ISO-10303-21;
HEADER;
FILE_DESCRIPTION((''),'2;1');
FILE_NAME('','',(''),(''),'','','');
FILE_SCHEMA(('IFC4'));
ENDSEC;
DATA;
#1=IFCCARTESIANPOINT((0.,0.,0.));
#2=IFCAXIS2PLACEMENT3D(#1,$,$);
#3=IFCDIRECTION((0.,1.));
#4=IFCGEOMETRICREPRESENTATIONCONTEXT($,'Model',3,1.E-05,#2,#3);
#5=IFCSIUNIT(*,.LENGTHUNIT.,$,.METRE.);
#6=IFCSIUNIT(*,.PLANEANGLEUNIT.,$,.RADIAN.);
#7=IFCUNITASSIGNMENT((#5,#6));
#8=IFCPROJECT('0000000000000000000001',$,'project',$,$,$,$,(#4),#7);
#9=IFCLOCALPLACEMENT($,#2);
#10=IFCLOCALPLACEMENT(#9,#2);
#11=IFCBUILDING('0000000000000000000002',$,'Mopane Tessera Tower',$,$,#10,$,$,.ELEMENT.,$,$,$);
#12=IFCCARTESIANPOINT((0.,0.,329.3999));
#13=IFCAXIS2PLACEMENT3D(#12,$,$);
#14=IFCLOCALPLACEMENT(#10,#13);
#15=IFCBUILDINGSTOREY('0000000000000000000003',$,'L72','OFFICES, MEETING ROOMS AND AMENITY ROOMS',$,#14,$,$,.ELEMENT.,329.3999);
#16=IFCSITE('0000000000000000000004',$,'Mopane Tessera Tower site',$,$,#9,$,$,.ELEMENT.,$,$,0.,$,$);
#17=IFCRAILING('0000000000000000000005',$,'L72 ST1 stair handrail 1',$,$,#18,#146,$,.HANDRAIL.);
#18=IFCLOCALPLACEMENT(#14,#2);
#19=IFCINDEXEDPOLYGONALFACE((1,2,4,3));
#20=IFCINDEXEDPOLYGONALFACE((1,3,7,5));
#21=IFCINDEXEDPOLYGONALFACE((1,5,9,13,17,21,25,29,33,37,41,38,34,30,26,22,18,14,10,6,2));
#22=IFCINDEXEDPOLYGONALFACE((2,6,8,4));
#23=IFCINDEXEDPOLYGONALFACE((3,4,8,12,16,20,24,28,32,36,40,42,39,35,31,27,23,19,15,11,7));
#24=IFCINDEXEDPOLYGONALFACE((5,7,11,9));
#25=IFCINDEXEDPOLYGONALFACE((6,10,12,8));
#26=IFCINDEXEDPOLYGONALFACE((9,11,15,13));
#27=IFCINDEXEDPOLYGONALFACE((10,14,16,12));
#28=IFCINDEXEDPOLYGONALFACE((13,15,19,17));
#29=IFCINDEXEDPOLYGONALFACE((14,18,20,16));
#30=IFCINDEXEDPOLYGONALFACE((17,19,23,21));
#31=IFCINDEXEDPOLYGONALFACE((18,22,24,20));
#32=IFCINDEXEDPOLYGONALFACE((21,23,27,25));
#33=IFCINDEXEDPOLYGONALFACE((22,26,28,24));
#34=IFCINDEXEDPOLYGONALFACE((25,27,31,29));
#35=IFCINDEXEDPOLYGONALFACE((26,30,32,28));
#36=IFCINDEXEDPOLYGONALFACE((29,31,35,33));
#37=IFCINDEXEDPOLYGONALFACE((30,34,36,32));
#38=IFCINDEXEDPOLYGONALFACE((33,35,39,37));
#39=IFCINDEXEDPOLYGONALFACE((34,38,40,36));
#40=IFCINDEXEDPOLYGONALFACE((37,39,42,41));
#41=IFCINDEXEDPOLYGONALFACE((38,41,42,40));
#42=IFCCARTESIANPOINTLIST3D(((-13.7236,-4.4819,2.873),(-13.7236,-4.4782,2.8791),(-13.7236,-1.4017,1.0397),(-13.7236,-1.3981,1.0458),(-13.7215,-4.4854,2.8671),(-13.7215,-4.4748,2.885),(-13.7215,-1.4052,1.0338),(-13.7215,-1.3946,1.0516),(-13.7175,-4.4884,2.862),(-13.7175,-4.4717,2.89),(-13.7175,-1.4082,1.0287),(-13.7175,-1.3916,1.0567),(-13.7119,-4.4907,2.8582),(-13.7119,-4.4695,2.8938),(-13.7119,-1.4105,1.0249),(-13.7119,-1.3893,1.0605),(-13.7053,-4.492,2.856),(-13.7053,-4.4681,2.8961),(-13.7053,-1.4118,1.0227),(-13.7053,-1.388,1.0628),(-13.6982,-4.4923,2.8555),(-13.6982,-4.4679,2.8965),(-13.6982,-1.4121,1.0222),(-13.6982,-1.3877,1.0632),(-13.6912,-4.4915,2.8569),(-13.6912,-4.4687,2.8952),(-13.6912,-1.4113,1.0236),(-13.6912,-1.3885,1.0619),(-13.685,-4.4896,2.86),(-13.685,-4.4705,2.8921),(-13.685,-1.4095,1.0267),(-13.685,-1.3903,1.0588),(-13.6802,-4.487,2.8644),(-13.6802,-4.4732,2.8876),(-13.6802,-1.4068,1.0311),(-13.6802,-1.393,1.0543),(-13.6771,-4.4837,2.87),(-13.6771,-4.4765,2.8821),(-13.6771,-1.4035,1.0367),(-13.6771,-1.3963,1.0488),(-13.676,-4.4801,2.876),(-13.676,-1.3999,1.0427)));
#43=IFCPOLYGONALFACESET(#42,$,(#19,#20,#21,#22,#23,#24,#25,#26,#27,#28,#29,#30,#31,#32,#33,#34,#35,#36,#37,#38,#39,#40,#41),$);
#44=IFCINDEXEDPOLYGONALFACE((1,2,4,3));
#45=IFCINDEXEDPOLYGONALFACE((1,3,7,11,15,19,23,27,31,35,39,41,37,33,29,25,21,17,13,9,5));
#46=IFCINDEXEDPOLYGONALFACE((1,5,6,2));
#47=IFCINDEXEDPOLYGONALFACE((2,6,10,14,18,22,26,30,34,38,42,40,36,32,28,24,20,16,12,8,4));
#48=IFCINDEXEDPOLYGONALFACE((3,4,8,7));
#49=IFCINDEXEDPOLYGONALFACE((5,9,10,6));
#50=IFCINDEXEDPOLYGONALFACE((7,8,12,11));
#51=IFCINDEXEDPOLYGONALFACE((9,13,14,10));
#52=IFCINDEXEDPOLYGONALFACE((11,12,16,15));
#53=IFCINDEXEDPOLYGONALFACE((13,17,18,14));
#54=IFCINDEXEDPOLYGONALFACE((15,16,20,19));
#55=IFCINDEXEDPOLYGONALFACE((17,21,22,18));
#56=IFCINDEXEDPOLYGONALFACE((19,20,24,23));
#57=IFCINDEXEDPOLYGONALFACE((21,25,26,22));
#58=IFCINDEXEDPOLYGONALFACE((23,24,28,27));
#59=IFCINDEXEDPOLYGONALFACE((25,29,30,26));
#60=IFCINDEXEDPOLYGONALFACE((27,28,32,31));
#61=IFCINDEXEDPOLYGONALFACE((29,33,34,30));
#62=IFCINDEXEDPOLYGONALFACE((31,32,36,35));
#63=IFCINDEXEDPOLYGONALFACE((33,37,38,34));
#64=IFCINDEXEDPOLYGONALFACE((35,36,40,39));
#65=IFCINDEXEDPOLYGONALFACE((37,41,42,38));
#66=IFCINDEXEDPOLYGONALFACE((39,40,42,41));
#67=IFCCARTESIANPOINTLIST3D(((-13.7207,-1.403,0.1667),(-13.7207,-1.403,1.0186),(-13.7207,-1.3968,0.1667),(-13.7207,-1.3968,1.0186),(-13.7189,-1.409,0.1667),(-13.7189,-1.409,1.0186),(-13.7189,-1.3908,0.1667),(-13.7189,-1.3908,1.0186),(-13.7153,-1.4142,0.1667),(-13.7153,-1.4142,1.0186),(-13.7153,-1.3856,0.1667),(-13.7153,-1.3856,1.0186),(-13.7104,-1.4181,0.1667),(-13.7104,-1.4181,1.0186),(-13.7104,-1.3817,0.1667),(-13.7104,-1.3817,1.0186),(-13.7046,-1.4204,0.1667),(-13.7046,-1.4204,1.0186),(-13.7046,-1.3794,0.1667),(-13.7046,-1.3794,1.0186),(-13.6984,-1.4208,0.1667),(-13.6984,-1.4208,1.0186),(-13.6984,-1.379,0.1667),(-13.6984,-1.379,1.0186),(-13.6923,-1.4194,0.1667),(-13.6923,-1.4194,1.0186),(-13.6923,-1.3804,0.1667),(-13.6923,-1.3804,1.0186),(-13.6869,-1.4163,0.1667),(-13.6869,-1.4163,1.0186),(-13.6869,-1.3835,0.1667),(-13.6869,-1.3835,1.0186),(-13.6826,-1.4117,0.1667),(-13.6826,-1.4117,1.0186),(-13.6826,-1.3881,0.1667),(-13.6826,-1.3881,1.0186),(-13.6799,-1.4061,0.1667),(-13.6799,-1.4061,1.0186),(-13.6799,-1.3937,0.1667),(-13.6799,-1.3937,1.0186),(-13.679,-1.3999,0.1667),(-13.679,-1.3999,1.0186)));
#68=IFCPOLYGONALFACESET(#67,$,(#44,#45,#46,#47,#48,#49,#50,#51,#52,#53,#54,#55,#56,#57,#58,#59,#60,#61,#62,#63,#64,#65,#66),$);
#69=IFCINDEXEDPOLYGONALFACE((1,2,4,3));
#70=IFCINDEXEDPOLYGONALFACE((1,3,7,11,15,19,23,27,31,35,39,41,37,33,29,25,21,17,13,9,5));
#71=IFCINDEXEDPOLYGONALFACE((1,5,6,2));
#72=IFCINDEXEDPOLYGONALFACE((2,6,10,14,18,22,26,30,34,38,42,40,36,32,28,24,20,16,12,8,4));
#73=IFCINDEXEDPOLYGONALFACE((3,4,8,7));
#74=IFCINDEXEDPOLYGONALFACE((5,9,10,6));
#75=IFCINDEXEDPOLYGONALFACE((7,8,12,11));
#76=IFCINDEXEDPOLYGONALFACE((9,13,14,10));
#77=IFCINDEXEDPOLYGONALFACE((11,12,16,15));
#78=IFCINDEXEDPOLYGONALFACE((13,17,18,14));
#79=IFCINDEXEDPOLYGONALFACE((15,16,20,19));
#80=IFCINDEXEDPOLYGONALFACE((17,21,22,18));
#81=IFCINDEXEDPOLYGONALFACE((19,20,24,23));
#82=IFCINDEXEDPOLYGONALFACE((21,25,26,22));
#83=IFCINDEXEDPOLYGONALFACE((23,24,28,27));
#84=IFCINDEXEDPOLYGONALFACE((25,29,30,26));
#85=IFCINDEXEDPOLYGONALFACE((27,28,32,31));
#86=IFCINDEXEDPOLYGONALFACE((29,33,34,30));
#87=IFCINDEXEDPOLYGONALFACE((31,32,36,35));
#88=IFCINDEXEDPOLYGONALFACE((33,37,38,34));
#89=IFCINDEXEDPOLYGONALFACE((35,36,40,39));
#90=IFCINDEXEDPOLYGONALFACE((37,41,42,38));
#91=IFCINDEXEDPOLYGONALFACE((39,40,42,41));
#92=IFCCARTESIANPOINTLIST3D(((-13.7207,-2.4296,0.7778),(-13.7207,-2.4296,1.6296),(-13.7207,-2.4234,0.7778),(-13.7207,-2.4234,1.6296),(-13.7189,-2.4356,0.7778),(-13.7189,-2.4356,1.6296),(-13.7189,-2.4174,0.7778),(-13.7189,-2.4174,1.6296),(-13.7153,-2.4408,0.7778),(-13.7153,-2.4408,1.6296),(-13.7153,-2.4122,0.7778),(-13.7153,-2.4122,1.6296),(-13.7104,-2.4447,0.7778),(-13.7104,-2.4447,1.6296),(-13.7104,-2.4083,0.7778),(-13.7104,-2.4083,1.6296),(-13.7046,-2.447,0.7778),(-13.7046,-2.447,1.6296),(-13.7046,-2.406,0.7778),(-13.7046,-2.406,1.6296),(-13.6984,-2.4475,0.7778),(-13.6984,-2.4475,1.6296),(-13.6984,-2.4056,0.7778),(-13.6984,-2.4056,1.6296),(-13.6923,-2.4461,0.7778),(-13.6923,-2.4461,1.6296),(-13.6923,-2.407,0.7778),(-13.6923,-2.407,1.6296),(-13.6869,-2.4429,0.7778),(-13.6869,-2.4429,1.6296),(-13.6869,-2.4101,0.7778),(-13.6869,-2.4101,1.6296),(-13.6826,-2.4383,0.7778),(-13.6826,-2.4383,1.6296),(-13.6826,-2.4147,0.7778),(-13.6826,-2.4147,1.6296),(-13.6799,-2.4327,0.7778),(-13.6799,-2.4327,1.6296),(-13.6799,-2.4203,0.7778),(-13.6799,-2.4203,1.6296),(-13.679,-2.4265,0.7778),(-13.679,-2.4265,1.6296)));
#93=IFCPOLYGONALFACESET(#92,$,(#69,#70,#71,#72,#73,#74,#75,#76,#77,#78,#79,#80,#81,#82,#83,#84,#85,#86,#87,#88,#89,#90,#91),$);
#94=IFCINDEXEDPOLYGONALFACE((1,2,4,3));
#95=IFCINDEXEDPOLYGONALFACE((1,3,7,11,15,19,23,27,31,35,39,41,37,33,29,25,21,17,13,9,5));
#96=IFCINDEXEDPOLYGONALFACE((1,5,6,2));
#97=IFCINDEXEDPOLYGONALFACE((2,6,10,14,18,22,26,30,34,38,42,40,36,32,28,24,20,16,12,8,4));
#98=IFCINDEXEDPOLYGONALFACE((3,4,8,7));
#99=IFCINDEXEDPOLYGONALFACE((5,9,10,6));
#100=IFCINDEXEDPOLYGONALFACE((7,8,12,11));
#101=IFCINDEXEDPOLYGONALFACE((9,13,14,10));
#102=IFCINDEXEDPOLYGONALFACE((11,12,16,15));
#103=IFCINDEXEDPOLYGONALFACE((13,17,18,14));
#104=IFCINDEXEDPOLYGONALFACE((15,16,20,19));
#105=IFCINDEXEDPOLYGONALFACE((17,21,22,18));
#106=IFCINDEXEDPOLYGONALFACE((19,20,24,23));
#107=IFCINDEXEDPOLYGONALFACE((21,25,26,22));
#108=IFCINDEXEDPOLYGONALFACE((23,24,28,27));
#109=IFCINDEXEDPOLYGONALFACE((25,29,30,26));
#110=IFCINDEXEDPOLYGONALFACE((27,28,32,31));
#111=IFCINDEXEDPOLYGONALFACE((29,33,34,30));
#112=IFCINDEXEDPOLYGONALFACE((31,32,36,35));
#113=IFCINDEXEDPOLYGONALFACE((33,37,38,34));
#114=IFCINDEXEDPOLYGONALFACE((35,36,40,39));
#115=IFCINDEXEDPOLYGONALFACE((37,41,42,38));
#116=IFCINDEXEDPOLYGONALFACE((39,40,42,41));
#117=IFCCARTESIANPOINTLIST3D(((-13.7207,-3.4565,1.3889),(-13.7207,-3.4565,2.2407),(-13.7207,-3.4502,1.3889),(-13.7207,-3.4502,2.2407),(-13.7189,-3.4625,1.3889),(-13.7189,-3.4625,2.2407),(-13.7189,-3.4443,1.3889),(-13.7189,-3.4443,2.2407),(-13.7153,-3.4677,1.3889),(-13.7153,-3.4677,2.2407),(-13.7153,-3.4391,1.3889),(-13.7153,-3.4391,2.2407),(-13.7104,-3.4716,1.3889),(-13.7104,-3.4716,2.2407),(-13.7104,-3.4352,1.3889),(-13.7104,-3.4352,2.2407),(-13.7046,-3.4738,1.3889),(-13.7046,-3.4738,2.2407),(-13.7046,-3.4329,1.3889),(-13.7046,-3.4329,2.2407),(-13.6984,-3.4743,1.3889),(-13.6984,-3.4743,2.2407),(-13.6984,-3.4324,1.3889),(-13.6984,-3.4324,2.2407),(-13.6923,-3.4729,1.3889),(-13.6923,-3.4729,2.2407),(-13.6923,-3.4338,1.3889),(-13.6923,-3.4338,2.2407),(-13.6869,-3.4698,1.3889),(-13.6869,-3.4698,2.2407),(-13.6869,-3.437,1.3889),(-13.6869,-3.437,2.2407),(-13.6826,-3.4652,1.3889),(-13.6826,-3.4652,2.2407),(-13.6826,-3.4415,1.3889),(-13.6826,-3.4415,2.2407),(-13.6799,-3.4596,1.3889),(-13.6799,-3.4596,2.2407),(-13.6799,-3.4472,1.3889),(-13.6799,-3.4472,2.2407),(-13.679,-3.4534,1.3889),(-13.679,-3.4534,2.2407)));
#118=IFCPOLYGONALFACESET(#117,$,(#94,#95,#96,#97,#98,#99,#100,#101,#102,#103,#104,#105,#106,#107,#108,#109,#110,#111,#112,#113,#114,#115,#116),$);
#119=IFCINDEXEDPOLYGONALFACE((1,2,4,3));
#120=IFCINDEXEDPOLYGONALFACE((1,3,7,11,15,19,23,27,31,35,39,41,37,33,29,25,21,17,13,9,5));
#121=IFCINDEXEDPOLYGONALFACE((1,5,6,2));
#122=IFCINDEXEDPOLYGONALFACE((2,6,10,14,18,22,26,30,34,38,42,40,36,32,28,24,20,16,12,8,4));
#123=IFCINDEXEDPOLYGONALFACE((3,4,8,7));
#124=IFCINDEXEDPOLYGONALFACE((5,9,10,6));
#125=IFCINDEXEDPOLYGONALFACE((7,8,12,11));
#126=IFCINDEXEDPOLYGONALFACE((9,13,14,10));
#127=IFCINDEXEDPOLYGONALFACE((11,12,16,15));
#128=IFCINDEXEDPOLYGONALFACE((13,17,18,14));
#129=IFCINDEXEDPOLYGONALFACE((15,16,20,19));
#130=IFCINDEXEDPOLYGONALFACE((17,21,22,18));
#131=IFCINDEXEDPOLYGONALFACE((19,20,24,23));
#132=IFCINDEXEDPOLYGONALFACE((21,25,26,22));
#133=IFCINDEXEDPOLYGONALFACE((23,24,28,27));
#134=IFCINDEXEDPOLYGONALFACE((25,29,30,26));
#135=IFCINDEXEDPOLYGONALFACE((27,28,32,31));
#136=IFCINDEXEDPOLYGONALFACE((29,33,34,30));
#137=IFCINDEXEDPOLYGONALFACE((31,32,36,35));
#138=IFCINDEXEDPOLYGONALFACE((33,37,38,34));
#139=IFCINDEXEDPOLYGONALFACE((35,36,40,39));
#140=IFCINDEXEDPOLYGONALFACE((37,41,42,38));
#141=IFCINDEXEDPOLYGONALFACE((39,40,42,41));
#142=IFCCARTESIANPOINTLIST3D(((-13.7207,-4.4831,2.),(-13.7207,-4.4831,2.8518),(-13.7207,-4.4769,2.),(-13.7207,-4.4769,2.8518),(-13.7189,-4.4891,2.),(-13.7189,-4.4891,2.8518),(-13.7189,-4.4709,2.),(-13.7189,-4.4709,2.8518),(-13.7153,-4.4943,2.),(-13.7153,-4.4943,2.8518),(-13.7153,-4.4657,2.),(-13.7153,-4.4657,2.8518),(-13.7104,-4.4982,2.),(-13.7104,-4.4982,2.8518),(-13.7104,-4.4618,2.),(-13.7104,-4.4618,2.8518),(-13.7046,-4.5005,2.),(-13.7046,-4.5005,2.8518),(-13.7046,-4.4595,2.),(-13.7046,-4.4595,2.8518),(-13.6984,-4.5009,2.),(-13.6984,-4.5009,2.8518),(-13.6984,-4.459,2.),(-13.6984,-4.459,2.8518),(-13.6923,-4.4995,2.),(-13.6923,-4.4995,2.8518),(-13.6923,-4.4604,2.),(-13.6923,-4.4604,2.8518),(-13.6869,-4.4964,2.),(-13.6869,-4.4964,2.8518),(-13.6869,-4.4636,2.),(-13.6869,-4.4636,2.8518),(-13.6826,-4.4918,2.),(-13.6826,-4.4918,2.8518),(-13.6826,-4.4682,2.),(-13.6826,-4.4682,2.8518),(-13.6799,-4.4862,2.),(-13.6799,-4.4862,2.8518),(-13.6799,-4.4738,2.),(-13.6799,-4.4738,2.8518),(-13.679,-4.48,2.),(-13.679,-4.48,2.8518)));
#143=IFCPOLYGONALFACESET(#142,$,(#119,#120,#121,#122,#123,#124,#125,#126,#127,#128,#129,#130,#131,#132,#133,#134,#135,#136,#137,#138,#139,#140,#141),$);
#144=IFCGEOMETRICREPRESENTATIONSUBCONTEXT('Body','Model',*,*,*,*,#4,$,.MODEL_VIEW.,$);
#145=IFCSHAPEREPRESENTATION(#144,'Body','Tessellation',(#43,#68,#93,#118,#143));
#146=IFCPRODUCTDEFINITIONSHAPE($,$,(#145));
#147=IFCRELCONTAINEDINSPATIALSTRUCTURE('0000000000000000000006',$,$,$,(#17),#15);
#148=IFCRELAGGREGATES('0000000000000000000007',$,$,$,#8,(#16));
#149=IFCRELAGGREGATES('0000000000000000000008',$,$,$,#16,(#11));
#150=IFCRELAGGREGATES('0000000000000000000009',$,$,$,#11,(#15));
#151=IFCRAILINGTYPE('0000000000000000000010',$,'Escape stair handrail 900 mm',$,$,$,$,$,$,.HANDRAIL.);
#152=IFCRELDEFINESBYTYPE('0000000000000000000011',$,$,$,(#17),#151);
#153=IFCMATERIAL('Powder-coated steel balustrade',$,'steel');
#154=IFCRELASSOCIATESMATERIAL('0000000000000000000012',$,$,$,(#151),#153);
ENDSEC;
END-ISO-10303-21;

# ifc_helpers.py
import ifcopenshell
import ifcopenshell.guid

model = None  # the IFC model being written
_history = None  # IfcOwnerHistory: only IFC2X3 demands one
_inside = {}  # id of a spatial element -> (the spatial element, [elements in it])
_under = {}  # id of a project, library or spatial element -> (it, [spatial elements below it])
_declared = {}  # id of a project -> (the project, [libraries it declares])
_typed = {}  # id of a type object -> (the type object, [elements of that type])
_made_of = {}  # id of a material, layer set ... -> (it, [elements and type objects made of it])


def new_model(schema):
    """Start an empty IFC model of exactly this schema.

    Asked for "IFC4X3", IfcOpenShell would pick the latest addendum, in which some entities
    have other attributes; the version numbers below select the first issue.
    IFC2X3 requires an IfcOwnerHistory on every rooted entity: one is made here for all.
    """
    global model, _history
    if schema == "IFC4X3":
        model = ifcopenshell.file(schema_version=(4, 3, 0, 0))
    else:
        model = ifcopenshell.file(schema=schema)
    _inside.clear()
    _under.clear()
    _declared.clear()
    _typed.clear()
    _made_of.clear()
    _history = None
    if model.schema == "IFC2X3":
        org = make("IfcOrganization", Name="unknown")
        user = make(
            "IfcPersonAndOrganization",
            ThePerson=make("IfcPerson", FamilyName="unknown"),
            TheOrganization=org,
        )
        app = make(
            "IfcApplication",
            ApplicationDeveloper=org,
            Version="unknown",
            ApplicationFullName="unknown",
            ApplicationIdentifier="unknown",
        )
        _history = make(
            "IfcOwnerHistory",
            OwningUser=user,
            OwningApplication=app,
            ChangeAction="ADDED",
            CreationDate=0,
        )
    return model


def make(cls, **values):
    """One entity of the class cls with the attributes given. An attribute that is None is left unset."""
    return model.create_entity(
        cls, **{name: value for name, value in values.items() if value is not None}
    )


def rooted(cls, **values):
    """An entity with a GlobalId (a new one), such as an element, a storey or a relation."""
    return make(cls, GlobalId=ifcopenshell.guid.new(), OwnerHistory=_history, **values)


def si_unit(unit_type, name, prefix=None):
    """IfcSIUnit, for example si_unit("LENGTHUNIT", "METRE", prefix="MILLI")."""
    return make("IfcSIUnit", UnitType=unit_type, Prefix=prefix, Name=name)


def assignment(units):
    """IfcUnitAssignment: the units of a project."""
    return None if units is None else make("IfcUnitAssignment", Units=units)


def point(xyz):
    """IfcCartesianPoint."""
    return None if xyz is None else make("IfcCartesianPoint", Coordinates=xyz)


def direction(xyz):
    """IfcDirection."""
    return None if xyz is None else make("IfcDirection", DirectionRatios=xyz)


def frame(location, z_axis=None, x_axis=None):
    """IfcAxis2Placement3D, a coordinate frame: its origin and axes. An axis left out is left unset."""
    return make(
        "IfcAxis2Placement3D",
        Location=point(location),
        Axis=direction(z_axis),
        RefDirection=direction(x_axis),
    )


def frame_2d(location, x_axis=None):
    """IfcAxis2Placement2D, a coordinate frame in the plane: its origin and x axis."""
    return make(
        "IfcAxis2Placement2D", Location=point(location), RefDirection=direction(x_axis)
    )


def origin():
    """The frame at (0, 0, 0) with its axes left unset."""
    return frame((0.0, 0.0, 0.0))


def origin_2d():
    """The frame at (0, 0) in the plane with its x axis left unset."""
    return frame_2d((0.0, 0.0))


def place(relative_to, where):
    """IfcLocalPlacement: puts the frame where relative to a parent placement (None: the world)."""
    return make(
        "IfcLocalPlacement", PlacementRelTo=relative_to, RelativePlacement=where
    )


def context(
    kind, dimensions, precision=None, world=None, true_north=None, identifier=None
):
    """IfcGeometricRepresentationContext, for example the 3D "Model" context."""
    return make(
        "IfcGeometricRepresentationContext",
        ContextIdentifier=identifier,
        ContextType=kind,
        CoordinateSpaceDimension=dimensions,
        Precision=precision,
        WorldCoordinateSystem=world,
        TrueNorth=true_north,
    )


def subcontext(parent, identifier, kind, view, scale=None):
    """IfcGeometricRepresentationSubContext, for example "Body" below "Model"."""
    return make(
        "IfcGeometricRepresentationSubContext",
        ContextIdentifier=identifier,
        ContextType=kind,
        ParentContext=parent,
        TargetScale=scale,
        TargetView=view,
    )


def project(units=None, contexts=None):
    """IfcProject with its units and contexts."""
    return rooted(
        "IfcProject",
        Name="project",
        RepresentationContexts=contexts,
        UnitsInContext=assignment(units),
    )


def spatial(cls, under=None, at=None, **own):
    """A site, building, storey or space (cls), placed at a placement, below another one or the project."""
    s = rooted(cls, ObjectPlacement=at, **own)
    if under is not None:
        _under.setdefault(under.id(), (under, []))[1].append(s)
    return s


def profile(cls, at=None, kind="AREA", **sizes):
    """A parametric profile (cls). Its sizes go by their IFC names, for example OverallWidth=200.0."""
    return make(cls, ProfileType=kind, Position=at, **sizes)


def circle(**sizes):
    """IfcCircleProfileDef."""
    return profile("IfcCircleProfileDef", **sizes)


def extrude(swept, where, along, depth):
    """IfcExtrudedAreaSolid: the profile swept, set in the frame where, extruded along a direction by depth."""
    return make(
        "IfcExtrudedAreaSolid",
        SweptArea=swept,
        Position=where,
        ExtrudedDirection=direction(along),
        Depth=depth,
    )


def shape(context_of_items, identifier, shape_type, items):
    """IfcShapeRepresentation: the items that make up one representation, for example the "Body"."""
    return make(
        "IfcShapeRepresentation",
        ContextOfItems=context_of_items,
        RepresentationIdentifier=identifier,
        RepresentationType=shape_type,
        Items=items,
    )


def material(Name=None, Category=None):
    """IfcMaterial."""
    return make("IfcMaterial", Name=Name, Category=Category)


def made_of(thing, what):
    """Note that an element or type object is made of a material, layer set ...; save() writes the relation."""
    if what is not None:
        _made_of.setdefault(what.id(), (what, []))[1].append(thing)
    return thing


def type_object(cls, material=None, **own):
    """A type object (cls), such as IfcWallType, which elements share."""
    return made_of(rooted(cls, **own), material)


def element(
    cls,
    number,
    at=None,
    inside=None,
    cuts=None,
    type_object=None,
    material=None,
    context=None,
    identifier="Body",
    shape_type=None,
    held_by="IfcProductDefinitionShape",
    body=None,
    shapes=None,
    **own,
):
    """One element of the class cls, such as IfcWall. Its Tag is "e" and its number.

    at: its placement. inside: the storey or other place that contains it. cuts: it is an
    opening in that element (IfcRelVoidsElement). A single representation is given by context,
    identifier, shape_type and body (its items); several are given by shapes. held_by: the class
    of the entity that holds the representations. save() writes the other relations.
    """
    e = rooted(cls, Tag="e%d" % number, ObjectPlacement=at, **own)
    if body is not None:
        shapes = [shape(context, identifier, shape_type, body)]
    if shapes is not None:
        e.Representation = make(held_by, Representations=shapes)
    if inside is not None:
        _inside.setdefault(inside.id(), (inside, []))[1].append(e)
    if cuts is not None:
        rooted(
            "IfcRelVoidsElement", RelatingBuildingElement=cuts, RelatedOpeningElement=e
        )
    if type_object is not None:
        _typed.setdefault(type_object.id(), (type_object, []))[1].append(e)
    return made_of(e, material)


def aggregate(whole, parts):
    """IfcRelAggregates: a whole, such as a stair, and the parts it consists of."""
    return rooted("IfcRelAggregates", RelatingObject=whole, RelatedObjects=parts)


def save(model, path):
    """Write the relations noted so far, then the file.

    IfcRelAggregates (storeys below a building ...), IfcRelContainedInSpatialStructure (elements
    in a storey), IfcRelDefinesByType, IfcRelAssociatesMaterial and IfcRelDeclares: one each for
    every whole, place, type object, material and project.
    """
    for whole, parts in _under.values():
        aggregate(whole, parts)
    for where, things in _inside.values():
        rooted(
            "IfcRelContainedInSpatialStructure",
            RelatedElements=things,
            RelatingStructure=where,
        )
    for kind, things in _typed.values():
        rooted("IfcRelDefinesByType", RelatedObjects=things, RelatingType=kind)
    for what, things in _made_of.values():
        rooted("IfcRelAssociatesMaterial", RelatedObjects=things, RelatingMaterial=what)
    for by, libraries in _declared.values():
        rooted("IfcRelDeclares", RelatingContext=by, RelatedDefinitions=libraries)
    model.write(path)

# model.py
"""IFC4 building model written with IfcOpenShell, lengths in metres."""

from ifc_helpers import new_model, si_unit, direction, frame, origin, origin_2d, place, context, subcontext, project, spatial, circle, extrude, material, type_object, element, save


model = new_model("IFC4")

# Units and contexts
model_context = context("Model", 3, precision=1e-05, world=origin(), true_north=direction((0.0, 1.0)))
body_context = subcontext(model_context, "Body", "Model", "MODEL_VIEW")
ifc_project = project(units=[si_unit("LENGTHUNIT", "METRE"), si_unit("PLANEANGLEUNIT", "RADIAN")], contexts=[model_context])

# Site, building, storey
site_placement = place(None, origin())
site = spatial("IfcSite", under=ifc_project, at=site_placement, Name="Mopane Tessera Tower site", CompositionType="ELEMENT", RefElevation=0.0)
building_placement = place(site_placement, origin())
building = spatial("IfcBuilding", under=site, at=building_placement, Name="Mopane Tessera Tower", CompositionType="ELEMENT")
storey_placement = place(building_placement, frame((0.0, 0.0, 329.3999)))
storey = spatial("IfcBuildingStorey", under=building, at=storey_placement, Name="L72", Description="OFFICES, MEETING ROOMS AND AMENITY ROOMS", CompositionType="ELEMENT", Elevation=329.3999)

# Railing
ifc_material_1 = material(Name="Powder-coated steel balustrade", Category="steel")
railing_type_1 = type_object("IfcRailingType", Name="Escape stair handrail 900 mm", PredefinedType="HANDRAIL", material=ifc_material_1)
railing_1_placement = place(storey_placement, frame((-13.7, -1.3999, 0.1667)))
element("IfcRailing", 1, at=railing_1_placement, inside=storey, type_object=railing_type_1, Name="L72 ST1 stair handrail 1", PredefinedType="HANDRAIL", context=body_context, shape_type="SweptSolid", body=[
    extrude(circle(Radius=0.0239, at=origin_2d()), frame((0.0, 0.0, 0.876), z_axis=(0.0, -0.859309, 0.511458), x_axis=(1.0, 0.0, 0.0)), (0.0, 0.0, 1.0), 3.5845),
    extrude(circle(Radius=0.021, at=origin_2d()), origin(), (0.0, 0.0, 1.0), 0.8518),
    extrude(circle(Radius=0.021, at=origin_2d()), frame((0.0, -1.0266, 0.6111)), (0.0, 0.0, 1.0), 0.8518),
    extrude(circle(Radius=0.021, at=origin_2d()), frame((0.0, -2.0535, 1.2222)), (0.0, 0.0, 1.0), 0.8518),
    extrude(circle(Radius=0.021, at=origin_2d()), frame((0.0, -3.0801, 1.8333)), (0.0, 0.0, 1.0), 0.8518),
])

save(model, "model.ifc")
